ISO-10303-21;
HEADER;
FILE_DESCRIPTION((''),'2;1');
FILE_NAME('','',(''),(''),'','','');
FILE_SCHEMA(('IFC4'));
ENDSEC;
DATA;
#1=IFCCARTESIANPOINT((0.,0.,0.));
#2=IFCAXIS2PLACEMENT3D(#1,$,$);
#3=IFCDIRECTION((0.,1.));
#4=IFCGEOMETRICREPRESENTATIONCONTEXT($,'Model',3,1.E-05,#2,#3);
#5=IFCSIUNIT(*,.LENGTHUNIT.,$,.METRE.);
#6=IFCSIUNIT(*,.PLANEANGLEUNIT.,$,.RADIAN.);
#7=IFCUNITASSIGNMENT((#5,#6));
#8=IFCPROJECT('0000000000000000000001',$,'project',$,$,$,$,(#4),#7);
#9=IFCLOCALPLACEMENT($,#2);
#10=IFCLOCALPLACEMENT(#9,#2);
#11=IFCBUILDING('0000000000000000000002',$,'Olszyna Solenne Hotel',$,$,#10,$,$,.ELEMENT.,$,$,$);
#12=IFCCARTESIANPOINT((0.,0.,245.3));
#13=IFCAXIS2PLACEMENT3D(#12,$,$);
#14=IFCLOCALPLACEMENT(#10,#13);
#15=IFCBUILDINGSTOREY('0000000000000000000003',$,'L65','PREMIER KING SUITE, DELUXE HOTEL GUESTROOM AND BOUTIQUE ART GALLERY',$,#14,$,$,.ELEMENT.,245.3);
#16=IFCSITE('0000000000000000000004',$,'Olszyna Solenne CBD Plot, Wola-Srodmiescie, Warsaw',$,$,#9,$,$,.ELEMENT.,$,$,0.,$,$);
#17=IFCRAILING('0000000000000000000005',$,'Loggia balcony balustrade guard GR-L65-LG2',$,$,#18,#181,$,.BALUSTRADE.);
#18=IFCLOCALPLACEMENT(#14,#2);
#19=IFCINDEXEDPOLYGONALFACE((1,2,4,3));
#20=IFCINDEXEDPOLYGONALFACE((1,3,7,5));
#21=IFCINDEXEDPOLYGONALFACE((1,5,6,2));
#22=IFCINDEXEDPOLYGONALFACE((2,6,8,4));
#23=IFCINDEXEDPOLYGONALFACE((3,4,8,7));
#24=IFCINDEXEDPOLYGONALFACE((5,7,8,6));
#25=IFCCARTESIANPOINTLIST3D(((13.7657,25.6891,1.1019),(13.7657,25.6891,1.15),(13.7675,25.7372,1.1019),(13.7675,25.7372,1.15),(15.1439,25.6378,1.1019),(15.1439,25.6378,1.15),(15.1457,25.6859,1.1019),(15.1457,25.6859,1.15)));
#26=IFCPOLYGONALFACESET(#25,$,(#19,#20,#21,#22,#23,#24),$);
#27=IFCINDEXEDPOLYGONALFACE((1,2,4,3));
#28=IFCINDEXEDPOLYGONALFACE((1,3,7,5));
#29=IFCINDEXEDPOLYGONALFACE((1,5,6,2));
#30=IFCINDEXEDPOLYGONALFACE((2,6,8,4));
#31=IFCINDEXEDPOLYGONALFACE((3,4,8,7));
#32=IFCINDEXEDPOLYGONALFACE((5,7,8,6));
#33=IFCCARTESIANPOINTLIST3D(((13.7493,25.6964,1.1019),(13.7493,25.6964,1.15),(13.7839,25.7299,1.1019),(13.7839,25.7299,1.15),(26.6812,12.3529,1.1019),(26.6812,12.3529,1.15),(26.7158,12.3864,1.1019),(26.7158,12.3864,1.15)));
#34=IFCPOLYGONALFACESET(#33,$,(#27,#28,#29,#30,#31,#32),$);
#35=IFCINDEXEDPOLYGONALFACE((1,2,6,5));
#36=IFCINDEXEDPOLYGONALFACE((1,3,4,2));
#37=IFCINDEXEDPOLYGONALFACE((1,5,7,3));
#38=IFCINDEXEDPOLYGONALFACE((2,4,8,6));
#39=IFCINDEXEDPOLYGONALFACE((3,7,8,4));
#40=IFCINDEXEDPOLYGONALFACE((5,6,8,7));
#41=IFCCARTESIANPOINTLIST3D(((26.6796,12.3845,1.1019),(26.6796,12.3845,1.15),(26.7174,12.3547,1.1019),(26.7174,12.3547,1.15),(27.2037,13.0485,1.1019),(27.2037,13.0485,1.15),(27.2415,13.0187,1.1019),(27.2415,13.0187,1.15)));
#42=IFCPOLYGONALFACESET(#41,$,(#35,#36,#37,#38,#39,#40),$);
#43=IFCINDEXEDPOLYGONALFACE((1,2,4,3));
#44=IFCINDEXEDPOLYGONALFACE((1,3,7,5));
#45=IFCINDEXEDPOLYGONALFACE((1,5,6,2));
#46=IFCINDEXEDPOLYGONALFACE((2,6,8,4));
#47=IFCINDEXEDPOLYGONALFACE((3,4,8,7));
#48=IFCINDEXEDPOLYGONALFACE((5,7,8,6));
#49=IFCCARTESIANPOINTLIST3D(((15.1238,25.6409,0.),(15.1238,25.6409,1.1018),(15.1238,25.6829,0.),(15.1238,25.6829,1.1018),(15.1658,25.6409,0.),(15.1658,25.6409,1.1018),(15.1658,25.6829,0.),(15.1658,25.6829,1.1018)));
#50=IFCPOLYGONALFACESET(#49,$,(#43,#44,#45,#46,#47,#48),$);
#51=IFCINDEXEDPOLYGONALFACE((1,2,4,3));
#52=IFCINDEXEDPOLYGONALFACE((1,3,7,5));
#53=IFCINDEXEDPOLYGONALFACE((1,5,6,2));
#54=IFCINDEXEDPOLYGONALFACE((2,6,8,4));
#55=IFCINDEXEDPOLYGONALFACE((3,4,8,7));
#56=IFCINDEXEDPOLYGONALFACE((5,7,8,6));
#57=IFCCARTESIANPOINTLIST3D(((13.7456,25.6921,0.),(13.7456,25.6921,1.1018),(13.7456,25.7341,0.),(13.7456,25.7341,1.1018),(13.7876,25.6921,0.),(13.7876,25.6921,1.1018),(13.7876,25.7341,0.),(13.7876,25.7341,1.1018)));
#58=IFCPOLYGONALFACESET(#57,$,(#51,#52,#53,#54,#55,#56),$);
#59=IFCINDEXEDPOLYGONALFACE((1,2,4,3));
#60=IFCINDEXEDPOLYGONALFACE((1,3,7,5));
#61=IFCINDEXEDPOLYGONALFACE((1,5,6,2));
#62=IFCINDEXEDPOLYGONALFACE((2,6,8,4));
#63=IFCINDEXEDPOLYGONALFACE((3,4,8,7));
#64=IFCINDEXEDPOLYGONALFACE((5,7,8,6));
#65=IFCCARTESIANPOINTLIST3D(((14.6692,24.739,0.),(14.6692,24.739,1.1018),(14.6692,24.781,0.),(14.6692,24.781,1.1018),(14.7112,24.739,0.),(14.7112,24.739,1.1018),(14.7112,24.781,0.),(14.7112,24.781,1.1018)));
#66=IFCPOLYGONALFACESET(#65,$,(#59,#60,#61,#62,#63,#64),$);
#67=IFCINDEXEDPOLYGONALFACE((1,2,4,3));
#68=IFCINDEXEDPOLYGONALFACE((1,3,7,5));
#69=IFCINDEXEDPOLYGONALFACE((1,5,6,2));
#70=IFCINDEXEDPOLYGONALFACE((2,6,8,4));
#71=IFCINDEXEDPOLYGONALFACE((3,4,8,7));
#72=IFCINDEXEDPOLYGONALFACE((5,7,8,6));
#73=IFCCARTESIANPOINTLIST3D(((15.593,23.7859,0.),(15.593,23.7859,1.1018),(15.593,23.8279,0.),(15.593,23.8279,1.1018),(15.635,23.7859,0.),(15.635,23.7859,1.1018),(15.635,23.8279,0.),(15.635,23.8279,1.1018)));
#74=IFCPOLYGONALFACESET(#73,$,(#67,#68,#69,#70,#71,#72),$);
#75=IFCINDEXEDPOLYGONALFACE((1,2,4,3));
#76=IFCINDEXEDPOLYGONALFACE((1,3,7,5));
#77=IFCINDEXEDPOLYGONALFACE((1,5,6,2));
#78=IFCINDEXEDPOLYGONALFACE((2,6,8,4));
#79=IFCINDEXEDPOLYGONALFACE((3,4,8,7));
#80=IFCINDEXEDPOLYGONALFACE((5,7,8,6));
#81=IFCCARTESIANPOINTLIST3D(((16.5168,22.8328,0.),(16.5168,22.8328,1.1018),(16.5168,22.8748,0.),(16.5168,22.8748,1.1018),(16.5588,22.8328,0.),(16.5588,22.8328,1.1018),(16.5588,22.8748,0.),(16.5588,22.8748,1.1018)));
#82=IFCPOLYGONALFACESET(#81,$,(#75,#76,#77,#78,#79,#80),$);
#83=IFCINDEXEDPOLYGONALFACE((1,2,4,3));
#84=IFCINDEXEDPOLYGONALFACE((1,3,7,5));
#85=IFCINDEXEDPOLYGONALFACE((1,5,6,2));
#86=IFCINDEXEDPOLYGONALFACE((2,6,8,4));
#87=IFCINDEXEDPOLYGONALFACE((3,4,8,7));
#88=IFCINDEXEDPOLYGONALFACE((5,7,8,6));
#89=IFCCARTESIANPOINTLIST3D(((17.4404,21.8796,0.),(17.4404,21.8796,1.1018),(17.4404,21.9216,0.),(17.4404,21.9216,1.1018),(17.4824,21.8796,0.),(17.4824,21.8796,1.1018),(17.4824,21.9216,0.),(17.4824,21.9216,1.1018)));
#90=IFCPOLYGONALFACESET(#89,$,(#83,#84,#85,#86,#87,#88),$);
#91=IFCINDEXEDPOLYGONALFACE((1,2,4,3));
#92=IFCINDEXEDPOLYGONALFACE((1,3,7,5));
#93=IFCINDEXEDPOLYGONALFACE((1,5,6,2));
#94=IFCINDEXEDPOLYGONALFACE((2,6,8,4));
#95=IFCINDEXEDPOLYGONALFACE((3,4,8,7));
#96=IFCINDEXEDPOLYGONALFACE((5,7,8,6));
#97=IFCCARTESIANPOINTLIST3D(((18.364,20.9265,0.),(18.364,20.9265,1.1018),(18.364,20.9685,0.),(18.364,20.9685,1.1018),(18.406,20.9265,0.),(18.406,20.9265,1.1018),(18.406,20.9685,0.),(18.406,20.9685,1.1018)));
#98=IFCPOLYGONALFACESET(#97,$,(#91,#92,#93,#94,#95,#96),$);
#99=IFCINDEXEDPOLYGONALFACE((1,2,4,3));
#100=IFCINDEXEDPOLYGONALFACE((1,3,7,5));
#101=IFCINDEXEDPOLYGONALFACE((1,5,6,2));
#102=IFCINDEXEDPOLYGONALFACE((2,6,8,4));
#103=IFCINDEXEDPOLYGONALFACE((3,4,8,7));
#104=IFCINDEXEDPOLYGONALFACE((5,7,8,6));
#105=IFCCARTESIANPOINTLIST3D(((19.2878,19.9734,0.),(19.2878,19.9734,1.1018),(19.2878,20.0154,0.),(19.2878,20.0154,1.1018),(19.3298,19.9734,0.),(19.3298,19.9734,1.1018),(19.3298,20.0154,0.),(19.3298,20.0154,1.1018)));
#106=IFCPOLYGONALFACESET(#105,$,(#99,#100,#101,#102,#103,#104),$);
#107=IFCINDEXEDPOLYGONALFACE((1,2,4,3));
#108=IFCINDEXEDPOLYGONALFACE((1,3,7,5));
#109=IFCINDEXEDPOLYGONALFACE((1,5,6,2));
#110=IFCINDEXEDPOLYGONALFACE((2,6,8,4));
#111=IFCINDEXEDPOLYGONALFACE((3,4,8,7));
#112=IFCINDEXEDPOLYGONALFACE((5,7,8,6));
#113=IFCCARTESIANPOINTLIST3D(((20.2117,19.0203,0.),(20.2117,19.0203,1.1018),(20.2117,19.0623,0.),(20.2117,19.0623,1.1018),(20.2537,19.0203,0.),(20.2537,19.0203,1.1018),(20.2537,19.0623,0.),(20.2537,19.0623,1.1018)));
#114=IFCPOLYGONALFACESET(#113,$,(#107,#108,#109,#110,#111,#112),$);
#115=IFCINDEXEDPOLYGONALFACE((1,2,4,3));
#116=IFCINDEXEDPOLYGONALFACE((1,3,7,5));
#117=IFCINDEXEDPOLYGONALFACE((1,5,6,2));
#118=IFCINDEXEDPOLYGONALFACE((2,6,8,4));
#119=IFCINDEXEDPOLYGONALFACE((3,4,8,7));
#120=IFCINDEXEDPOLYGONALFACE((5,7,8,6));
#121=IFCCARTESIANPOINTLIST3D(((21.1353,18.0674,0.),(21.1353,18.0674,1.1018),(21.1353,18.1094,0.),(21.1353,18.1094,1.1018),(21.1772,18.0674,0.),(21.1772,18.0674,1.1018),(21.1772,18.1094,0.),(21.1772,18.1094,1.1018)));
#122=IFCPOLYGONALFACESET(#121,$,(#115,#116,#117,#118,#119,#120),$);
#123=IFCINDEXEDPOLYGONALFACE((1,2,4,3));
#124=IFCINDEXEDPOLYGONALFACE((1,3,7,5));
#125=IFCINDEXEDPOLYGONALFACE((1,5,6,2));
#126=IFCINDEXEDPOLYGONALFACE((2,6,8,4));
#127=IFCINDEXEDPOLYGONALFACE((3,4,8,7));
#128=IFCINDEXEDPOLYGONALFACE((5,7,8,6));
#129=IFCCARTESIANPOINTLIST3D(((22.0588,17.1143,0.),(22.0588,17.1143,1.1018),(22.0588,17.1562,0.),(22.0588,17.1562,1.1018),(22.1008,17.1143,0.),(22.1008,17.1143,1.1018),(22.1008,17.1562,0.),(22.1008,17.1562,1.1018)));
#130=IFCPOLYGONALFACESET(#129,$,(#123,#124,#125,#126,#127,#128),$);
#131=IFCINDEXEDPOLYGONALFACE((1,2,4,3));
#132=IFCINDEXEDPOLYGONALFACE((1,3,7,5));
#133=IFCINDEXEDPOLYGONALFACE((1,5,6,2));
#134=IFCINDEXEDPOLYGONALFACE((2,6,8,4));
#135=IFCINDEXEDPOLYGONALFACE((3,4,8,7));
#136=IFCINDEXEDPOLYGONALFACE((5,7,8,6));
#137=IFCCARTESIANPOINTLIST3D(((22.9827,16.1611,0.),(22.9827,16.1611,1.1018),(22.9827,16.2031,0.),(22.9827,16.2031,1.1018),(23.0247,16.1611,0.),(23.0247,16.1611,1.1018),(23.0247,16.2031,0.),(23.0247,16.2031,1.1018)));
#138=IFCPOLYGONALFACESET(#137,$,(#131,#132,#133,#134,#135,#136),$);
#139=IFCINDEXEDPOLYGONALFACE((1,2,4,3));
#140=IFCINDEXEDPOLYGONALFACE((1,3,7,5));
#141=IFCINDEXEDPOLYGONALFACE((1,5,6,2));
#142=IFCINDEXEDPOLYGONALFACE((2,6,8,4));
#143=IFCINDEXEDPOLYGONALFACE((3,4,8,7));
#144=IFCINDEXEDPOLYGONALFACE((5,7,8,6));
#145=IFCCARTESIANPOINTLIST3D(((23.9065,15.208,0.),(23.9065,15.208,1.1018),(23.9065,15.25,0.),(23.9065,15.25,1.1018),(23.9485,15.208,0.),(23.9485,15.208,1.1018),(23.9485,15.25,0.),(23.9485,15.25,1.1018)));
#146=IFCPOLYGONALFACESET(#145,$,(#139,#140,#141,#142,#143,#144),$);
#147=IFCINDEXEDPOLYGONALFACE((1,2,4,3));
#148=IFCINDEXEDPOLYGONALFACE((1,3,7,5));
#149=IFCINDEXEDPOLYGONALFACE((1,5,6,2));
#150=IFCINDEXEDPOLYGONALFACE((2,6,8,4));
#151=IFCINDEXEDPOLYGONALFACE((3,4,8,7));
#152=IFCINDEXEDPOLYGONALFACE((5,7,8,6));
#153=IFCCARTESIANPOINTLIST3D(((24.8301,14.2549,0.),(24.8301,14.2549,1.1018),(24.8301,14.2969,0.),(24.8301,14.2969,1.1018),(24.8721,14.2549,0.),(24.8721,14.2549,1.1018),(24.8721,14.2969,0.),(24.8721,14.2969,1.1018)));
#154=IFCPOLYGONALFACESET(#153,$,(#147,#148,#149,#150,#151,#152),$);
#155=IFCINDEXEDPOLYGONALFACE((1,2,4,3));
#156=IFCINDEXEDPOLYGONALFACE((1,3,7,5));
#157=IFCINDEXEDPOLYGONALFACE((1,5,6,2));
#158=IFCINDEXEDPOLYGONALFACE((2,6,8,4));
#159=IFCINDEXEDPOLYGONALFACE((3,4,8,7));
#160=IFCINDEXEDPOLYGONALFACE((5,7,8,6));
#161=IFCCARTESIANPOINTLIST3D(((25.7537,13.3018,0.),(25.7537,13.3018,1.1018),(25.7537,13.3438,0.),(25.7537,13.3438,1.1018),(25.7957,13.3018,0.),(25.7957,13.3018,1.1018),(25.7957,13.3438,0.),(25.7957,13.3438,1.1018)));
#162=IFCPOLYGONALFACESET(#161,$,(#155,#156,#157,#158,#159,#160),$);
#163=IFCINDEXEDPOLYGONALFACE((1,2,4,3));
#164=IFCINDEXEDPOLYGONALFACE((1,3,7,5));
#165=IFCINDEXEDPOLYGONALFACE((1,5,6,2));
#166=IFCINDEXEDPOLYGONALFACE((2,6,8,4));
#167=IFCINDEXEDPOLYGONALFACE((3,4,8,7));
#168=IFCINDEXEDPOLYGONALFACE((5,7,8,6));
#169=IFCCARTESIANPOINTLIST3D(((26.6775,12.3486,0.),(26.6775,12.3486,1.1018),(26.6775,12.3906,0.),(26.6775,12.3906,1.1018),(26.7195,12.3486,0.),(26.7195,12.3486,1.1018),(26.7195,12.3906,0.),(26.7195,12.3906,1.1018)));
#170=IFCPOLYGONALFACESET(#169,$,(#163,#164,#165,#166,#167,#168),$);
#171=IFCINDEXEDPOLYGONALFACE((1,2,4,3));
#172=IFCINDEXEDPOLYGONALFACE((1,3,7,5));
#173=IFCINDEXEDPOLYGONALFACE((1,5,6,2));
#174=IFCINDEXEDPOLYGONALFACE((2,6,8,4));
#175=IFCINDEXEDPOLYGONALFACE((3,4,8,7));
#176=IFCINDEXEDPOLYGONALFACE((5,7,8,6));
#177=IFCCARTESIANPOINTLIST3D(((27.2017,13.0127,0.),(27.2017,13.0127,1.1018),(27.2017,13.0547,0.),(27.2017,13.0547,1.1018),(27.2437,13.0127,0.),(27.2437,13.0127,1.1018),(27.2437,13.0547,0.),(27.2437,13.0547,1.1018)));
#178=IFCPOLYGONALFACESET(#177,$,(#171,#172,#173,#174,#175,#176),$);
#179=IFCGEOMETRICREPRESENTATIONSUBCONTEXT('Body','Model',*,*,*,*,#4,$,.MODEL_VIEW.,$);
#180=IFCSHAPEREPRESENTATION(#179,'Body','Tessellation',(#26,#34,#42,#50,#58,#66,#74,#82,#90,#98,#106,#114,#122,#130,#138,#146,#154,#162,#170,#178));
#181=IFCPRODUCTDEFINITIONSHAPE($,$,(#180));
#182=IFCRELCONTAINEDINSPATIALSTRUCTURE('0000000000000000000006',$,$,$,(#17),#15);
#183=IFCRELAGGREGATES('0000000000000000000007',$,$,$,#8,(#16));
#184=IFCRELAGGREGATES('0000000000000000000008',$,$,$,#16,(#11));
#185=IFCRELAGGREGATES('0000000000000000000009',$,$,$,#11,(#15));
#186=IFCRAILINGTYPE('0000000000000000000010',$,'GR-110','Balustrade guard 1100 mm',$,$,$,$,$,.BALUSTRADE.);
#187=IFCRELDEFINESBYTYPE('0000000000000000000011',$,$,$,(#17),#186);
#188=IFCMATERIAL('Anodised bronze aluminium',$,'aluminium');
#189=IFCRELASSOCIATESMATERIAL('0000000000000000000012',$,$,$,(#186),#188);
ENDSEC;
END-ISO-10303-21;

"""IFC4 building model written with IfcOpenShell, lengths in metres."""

from ifc_helpers import new_model, si_unit, direction, frame, origin, origin_2d, place, context, subcontext, project, spatial, rectangle, extrude, material, type_object, element, save


model = new_model("IFC4")

# Units and contexts
model_context = context("Model", 3, precision=1e-05, world=origin(), true_north=direction((0.0, 1.0)))
body_context = subcontext(model_context, "Body", "Model", "MODEL_VIEW")
ifc_project = project(units=[si_unit("LENGTHUNIT", "METRE"), si_unit("PLANEANGLEUNIT", "RADIAN")], contexts=[model_context])

# Site, building, storey
site_placement = place(None, origin())
site = spatial("IfcSite", under=ifc_project, at=site_placement, Name="Olszyna Solenne CBD Plot, Wola-Srodmiescie, Warsaw", CompositionType="ELEMENT", RefElevation=0.0)
building_placement = place(site_placement, origin())
building = spatial("IfcBuilding", under=site, at=building_placement, Name="Olszyna Solenne Hotel", CompositionType="ELEMENT")
storey_placement = place(building_placement, frame((0.0, 0.0, 245.3)))
storey = spatial("IfcBuildingStorey", under=building, at=storey_placement, Name="L65", Description="PREMIER KING SUITE, DELUXE HOTEL GUESTROOM AND BOUTIQUE ART GALLERY", CompositionType="ELEMENT", Elevation=245.3)

# Railing
ifc_material_1 = material(Name="Anodised bronze aluminium", Category="aluminium")
railing_type = type_object("IfcRailingType", Name="GR-110", Description="Balustrade guard 1100 mm", PredefinedType="BALUSTRADE", material=ifc_material_1)
railing_placement = place(storey_placement, frame((15.1448, 25.6619, 0.0)))
element("IfcRailing", 1, at=railing_placement, inside=storey, type_object=railing_type, Name="Loggia balcony balustrade guard GR-L65-LG2", PredefinedType="BALUSTRADE", context=body_context, shape_type="SweptSolid", body=[
    extrude(rectangle(XDim=0.0481, YDim=0.0481, at=origin_2d()), frame((0.0, 0.0, 1.126), z_axis=(-0.999309, 0.037175, 0.0), x_axis=(-0.037175, -0.999309, 0.0)), (0.0, 0.0, 1.0), 1.3792),
    extrude(rectangle(XDim=0.0481, YDim=0.0481, at=origin_2d()), frame((-1.3782, 0.0513, 1.126), z_axis=(0.695944, -0.718096, 0.0), x_axis=(0.718096, 0.695944, 0.0)), (0.0, 0.0, 1.0), 18.5818),
    extrude(rectangle(XDim=0.0481, YDim=0.0481, at=origin_2d()), frame((11.5537, -13.2922, 1.126), z_axis=(0.619579, 0.784934, 0.0), x_axis=(-0.784934, 0.619579, 0.0)), (0.0, 0.0, 1.0), 0.8459),
    extrude(rectangle(XDim=0.042, YDim=0.042, at=origin_2d()), origin(), (0.0, 0.0, 1.0), 1.1018),
    extrude(rectangle(XDim=0.042, YDim=0.042, at=origin_2d()), frame((-1.3782, 0.0513, 0.0)), (0.0, 0.0, 1.0), 1.1018),
    extrude(rectangle(XDim=0.042, YDim=0.042, at=origin_2d()), frame((-0.4546, -0.9019, 0.0)), (0.0, 0.0, 1.0), 1.1018),
    extrude(rectangle(XDim=0.042, YDim=0.042, at=origin_2d()), frame((0.4692, -1.855, 0.0)), (0.0, 0.0, 1.0), 1.1018),
    extrude(rectangle(XDim=0.042, YDim=0.042, at=origin_2d()), frame((1.3931, -2.8081, 0.0)), (0.0, 0.0, 1.0), 1.1018),
    extrude(rectangle(XDim=0.042, YDim=0.042, at=origin_2d()), frame((2.3167, -3.7612, 0.0)), (0.0, 0.0, 1.0), 1.1018),
    extrude(rectangle(XDim=0.042, YDim=0.042, at=origin_2d()), frame((3.2402, -4.7144, 0.0)), (0.0, 0.0, 1.0), 1.1018),
    extrude(rectangle(XDim=0.042, YDim=0.042, at=origin_2d()), frame((4.1641, -5.6675, 0.0)), (0.0, 0.0, 1.0), 1.1018),
    extrude(rectangle(XDim=0.042, YDim=0.042, at=origin_2d()), frame((5.0879, -6.6206, 0.0)), (0.0, 0.0, 1.0), 1.1018),
    extrude(rectangle(XDim=0.042, YDim=0.042, at=origin_2d()), frame((6.0115, -7.5735, 0.0)), (0.0, 0.0, 1.0), 1.1018),
    extrude(rectangle(XDim=0.042, YDim=0.042, at=origin_2d()), frame((6.9351, -8.5266, 0.0)), (0.0, 0.0, 1.0), 1.1018),
    extrude(rectangle(XDim=0.042, YDim=0.042, at=origin_2d()), frame((7.8589, -9.4797, 0.0)), (0.0, 0.0, 1.0), 1.1018),
    extrude(rectangle(XDim=0.042, YDim=0.042, at=origin_2d()), frame((8.7827, -10.4329, 0.0)), (0.0, 0.0, 1.0), 1.1018),
    extrude(rectangle(XDim=0.042, YDim=0.042, at=origin_2d()), frame((9.7063, -11.386, 0.0)), (0.0, 0.0, 1.0), 1.1018),
    extrude(rectangle(XDim=0.042, YDim=0.042, at=origin_2d()), frame((10.6299, -12.3391, 0.0)), (0.0, 0.0, 1.0), 1.1018),
    extrude(rectangle(XDim=0.042, YDim=0.042, at=origin_2d()), frame((11.5537, -13.2922, 0.0)), (0.0, 0.0, 1.0), 1.1018),
    extrude(rectangle(XDim=0.042, YDim=0.042, at=origin_2d()), frame((12.0779, -12.6282, 0.0)), (0.0, 0.0, 1.0), 1.1018),
])

save(model, "model.ifc")
